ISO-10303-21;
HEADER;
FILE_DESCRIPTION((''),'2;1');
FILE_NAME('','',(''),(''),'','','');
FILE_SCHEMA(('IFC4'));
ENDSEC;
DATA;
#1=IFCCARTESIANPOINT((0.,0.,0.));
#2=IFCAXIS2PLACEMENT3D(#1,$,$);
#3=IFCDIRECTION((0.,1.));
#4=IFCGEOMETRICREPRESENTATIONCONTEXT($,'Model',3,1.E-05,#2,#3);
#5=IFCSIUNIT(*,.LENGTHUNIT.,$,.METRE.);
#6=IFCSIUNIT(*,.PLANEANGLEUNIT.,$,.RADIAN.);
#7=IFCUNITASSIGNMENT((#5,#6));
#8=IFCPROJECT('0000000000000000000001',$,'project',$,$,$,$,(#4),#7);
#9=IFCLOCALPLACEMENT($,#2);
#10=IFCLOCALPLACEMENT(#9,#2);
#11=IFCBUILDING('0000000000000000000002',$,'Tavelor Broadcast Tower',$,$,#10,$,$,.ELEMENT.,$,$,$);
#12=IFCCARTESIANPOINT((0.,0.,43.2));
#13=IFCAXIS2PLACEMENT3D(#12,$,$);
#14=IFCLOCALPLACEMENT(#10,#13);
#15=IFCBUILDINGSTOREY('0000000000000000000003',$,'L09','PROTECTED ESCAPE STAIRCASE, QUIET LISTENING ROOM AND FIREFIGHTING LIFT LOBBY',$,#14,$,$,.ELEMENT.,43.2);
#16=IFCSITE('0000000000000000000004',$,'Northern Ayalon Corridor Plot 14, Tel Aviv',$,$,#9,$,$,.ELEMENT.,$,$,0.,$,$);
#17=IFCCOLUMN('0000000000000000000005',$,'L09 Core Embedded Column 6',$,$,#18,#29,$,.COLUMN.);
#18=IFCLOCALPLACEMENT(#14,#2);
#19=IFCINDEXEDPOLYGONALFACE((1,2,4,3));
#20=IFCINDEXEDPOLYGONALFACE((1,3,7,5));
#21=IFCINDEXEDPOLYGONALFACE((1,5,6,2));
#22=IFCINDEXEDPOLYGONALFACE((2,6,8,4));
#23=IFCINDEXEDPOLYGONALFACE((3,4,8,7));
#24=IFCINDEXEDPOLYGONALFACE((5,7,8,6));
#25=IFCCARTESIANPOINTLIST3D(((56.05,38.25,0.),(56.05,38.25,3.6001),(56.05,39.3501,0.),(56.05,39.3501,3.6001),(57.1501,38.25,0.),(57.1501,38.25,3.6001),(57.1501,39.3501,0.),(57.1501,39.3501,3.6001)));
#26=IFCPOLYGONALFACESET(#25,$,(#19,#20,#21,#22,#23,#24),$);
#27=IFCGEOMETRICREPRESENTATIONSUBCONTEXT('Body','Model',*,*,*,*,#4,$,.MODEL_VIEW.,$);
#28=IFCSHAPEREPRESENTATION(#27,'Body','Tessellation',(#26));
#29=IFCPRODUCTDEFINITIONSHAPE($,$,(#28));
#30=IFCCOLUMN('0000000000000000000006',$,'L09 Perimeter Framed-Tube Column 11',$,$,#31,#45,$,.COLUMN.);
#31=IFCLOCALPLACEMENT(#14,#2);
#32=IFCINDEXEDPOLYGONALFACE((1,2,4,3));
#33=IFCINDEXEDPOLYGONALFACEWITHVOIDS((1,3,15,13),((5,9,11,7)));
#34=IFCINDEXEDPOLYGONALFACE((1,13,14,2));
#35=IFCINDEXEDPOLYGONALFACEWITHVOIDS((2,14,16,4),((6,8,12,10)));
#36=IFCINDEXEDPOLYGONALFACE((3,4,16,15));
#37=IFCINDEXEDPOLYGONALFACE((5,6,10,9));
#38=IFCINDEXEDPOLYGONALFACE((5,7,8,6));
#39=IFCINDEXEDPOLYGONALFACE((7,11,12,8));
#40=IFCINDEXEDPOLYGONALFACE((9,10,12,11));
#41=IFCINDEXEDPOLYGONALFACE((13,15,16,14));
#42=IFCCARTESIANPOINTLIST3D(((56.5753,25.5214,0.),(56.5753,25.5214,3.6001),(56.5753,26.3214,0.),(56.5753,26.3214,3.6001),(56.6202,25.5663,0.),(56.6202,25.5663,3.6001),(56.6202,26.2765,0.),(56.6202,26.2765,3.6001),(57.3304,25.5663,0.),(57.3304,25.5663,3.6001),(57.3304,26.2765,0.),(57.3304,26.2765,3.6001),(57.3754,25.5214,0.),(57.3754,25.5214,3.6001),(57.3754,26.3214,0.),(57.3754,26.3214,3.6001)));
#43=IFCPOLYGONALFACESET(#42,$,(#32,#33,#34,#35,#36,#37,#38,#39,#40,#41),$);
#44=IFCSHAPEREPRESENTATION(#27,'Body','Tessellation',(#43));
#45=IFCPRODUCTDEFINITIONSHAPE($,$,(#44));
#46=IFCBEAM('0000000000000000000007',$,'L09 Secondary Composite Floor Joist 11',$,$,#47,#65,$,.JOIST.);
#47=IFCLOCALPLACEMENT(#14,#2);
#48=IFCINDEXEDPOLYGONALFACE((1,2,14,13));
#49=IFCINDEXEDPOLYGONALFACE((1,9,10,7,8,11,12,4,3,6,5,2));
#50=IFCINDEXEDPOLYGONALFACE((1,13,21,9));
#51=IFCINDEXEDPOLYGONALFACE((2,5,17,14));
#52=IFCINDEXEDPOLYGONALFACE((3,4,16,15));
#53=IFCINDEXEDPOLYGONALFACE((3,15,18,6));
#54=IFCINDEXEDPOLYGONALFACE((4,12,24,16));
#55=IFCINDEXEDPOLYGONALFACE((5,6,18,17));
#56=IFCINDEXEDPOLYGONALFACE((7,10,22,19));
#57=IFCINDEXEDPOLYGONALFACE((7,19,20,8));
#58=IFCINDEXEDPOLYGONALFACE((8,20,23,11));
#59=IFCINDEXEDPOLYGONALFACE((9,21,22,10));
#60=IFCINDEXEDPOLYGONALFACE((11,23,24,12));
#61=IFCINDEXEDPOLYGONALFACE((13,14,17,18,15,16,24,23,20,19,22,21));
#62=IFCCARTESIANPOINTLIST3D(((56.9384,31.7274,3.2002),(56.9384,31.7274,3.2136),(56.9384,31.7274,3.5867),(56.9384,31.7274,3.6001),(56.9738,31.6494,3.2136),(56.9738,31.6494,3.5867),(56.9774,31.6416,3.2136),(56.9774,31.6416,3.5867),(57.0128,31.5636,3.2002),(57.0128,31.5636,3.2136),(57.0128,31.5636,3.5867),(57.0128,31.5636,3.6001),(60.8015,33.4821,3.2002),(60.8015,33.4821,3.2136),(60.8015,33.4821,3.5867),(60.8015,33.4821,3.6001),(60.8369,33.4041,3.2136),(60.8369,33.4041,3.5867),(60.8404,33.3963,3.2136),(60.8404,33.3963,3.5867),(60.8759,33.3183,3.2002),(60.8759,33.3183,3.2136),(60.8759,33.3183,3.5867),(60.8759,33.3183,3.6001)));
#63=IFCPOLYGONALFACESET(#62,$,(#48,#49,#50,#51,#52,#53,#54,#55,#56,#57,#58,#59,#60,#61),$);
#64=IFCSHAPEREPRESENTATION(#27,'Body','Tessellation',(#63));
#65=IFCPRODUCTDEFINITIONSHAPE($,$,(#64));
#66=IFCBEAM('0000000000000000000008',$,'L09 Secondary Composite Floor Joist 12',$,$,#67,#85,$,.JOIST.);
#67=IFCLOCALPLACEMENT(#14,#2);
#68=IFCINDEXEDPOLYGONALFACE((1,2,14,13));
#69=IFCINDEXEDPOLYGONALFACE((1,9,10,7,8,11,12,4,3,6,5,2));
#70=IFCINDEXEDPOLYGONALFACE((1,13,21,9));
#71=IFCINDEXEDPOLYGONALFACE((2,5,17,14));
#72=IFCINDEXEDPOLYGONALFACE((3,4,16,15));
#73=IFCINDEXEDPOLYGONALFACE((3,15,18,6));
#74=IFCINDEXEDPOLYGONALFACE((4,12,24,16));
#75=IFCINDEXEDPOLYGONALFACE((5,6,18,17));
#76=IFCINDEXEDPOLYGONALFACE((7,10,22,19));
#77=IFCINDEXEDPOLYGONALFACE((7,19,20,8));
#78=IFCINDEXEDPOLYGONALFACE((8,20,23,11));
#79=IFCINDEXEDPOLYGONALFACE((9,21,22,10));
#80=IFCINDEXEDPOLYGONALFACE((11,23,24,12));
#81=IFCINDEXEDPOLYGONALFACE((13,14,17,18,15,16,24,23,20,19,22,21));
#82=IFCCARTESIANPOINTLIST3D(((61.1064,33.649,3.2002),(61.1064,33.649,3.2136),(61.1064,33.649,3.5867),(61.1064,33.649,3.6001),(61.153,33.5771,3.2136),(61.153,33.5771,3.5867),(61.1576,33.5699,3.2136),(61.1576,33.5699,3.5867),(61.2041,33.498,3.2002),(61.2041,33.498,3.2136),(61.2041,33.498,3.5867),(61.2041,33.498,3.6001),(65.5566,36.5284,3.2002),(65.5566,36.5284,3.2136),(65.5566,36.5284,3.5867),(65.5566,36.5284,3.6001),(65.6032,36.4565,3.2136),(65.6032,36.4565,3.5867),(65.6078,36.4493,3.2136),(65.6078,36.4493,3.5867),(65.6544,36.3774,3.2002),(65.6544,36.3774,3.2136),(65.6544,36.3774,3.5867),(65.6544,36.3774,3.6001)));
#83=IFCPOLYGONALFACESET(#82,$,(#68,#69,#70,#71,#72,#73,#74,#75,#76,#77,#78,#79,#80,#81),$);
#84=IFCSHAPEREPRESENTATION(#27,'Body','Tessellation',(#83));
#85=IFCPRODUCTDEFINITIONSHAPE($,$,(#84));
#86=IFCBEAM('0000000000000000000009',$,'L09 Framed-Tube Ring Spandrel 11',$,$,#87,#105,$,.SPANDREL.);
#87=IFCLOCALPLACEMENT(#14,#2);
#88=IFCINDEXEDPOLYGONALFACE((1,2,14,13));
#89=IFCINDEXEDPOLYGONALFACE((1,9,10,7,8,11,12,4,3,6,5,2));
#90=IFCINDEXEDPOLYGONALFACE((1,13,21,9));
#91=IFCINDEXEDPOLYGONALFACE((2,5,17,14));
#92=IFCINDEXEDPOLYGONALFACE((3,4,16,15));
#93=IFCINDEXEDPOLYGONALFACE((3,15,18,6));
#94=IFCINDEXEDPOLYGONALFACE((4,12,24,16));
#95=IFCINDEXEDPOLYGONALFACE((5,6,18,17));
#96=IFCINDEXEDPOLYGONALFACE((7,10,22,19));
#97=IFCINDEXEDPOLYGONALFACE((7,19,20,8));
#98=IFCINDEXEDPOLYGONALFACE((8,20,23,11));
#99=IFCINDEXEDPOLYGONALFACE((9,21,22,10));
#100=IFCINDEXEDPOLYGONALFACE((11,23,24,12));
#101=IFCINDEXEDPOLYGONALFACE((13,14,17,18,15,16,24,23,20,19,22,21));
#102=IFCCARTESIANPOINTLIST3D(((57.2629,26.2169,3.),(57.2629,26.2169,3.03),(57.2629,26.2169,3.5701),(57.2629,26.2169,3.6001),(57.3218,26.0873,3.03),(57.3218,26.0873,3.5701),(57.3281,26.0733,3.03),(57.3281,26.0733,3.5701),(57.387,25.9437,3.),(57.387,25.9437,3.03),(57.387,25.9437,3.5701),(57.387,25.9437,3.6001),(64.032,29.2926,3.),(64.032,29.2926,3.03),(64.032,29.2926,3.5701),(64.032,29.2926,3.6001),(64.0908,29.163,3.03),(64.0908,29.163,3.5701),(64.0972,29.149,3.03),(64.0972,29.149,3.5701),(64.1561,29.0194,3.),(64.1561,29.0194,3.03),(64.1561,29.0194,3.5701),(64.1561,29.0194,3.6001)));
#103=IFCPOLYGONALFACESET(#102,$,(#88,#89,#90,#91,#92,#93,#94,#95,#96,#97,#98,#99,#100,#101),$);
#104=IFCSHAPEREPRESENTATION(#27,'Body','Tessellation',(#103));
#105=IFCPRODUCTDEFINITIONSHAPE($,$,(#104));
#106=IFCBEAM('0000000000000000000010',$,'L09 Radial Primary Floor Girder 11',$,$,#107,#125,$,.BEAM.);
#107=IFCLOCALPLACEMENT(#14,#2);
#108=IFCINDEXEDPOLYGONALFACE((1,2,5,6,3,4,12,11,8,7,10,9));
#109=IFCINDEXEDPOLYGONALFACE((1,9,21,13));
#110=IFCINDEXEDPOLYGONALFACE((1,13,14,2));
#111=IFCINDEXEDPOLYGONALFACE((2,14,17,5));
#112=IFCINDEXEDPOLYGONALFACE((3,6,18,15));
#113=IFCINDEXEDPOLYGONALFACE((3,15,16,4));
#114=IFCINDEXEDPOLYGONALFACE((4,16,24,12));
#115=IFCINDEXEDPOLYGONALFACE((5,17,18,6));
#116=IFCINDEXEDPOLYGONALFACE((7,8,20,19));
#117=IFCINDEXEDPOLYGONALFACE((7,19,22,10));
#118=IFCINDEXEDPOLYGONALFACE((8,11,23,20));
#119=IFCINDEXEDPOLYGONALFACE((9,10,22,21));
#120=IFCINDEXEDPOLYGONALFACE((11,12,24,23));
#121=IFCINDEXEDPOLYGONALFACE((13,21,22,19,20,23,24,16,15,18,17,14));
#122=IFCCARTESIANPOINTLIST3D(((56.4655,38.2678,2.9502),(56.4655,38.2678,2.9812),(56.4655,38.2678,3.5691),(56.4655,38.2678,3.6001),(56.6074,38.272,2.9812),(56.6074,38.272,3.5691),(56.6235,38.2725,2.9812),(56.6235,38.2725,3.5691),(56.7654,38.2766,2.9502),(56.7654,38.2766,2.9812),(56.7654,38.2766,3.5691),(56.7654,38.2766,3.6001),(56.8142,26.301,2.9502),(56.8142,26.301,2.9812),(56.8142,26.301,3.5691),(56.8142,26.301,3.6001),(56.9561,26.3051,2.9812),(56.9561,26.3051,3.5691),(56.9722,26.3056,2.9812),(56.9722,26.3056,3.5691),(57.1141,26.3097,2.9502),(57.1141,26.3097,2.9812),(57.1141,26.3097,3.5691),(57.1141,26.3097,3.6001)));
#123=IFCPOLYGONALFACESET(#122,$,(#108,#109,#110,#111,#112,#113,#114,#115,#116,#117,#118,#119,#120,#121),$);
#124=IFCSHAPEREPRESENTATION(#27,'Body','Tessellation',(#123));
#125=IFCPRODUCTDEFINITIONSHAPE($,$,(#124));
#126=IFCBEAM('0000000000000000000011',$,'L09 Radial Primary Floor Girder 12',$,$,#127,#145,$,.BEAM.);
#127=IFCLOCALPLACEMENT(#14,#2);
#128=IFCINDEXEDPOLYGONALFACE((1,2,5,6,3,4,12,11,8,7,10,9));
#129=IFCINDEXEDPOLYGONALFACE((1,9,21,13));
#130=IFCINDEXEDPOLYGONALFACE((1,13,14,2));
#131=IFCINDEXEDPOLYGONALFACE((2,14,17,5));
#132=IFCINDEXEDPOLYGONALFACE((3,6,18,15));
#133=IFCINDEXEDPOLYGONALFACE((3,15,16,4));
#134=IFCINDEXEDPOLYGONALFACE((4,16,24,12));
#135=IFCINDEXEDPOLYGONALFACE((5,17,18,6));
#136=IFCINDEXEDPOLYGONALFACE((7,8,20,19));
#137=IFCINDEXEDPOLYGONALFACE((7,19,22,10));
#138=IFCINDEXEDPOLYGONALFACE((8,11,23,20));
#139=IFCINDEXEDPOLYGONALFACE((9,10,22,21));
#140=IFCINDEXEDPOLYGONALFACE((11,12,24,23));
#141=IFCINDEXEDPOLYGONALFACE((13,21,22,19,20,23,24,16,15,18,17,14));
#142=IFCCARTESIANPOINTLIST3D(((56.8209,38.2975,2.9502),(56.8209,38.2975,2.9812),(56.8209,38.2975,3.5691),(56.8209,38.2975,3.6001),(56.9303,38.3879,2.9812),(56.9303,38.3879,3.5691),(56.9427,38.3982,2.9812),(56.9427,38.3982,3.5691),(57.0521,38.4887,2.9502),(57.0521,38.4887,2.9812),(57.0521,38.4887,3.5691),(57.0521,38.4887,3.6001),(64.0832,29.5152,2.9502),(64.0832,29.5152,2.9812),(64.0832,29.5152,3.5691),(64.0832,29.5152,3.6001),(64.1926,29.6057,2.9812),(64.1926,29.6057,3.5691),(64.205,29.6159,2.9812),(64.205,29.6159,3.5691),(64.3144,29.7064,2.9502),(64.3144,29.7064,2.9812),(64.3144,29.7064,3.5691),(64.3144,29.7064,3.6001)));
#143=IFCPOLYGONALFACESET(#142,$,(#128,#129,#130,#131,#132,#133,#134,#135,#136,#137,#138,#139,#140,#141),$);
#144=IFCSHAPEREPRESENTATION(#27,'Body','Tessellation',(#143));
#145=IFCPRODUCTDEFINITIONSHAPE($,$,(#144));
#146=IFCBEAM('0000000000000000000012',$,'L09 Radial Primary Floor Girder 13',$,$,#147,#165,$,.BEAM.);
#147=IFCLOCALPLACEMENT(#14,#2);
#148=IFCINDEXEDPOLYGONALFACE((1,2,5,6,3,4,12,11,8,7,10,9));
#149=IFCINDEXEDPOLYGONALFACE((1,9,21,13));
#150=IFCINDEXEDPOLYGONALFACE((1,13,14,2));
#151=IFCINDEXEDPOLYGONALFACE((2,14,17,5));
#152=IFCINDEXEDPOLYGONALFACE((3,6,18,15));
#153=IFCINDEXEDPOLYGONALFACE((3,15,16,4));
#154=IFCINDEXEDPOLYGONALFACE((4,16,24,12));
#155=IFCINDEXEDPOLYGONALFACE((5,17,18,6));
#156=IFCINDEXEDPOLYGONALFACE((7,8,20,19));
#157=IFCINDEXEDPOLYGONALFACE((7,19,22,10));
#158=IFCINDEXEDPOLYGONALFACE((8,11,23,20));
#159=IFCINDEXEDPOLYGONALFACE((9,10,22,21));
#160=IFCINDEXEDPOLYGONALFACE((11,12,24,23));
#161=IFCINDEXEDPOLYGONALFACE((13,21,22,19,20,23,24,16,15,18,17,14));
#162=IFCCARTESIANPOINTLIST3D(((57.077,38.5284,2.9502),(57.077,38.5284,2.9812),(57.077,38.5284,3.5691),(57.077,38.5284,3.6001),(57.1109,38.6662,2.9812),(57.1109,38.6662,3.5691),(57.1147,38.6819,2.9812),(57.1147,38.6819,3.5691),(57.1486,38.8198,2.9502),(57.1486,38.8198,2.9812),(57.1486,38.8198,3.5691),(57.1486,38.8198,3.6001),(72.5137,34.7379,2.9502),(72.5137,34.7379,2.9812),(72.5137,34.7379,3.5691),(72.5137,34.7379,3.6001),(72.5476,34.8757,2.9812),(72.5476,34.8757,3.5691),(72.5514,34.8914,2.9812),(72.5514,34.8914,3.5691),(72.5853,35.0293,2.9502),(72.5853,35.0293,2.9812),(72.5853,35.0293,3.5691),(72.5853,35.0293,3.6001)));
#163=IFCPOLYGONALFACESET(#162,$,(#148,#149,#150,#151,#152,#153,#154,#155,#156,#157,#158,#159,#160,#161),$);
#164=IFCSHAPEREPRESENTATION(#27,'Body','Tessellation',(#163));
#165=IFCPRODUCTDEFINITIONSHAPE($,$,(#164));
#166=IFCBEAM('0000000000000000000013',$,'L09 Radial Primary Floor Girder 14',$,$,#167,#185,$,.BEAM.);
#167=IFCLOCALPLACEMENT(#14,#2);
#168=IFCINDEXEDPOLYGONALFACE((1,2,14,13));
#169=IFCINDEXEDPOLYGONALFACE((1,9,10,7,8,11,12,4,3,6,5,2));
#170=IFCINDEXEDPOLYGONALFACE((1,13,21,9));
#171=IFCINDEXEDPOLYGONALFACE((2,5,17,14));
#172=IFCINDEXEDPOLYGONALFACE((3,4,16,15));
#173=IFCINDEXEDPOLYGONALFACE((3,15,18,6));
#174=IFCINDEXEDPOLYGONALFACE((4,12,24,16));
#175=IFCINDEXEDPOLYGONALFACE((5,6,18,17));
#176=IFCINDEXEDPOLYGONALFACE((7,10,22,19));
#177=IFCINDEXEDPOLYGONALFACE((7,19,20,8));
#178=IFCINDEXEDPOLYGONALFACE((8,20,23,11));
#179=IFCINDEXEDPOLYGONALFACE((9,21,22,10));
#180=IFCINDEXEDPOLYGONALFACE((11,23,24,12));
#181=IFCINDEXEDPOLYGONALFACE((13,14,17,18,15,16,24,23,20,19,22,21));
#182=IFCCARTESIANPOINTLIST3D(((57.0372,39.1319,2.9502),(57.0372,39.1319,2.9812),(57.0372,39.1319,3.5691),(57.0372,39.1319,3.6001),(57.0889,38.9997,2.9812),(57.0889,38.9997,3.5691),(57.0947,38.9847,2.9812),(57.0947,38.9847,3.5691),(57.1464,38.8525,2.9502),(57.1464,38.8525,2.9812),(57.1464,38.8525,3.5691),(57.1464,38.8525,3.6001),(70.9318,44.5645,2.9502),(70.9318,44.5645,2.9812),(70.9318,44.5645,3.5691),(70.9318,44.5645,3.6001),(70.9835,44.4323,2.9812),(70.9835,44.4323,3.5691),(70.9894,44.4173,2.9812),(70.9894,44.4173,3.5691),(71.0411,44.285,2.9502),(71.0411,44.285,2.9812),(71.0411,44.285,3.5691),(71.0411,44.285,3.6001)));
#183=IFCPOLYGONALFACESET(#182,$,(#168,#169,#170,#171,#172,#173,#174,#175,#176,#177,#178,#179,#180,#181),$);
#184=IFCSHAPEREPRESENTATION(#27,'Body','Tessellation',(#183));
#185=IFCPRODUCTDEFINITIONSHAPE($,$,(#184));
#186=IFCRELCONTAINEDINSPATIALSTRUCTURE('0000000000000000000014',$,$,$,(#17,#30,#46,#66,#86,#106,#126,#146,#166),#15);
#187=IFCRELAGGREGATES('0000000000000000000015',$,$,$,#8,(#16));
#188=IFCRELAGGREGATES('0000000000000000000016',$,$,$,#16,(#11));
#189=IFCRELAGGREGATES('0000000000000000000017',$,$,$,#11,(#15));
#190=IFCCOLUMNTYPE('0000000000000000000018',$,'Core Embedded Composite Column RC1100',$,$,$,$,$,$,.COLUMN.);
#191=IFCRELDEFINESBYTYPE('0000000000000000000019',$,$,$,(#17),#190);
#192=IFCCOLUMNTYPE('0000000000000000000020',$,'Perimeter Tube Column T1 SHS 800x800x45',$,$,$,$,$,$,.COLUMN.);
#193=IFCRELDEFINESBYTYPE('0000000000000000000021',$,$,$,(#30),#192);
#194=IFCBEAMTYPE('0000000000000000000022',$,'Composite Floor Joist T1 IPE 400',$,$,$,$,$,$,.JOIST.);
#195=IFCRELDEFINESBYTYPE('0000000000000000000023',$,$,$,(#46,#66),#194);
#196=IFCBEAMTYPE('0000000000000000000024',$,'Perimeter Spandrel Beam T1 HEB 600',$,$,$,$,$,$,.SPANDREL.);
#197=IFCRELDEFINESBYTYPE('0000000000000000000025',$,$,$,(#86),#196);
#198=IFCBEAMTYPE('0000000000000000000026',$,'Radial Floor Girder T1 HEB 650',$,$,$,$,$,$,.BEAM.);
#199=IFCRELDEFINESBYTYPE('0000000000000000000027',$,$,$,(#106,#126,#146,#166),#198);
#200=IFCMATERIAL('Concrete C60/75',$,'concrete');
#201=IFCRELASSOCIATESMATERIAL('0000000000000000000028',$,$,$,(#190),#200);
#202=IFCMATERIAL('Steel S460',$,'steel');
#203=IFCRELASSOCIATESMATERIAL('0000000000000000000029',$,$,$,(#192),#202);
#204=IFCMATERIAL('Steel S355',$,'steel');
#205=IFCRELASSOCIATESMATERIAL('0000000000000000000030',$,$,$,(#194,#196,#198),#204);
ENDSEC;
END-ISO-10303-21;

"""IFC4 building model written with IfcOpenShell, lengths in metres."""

from ifc_helpers import new_model, si_unit, direction, frame, origin, origin_2d, place, context, subcontext, project, spatial, rectangle, hollow_rectangle, i_section, extrude, material, material_profile, profile_set, type_object, element, save


model = new_model("IFC4")

# Units and contexts
model_context = context("Model", 3, precision=1e-05, world=origin(), true_north=direction((0.0, 1.0)))
body_context = subcontext(model_context, "Body", "Model", "MODEL_VIEW")
ifc_project = project(units=[si_unit("LENGTHUNIT", "METRE"), si_unit("PLANEANGLEUNIT", "RADIAN")], contexts=[model_context])

# Site, building, storey
site_placement = place(None, origin())
site = spatial("IfcSite", under=ifc_project, at=site_placement, Name="Northern Ayalon Corridor Plot 14, Tel Aviv", CompositionType="ELEMENT", RefElevation=0.0)
building_placement = place(site_placement, origin())
building = spatial("IfcBuilding", under=site, at=building_placement, Name="Tavelor Broadcast Tower", CompositionType="ELEMENT")
storey_placement = place(building_placement, frame((0.0, 0.0, 43.2)))
storey = spatial("IfcBuildingStorey", under=building, at=storey_placement, Name="L09", Description="PROTECTED ESCAPE STAIRCASE, QUIET LISTENING ROOM AND FIREFIGHTING LIFT LOBBY", CompositionType="ELEMENT", Elevation=43.2)

# Columns
ifc_material_1 = material(Name="Concrete C60/75", Category="concrete")
ifc_material_profile_1 = material_profile(ifc_material_1, rectangle(XDim=1.1001, YDim=1.1001, at=origin_2d()), Name="RC 1100x1100")
ifc_profile_set_1 = profile_set([ifc_material_profile_1], Name="Concrete C60/75")
column_type_1 = type_object("IfcColumnType", Name="Core Embedded Composite Column RC1100", PredefinedType="COLUMN", material=ifc_profile_set_1)
column_1_placement = place(storey_placement, frame((56.6001, 38.8, 0.0), z_axis=(0.0, 0.0, 1.0), x_axis=(1.0, 0.0, 0.0)))
element("IfcColumn", 1, at=column_1_placement, inside=storey, type_object=column_type_1, Name="L09 Core Embedded Column 6", PredefinedType="COLUMN", context=body_context, shape_type="SweptSolid", body=[
    extrude(rectangle(XDim=1.1001, YDim=1.1001, at=origin_2d()), origin(), (0.0, 0.0, 1.0), 3.6001),
])
ifc_material_2 = material(Name="Steel S460", Category="steel")
ifc_material_profile_2 = material_profile(ifc_material_2, hollow_rectangle(XDim=0.8, YDim=0.8, WallThickness=0.0449, at=origin_2d()), Name="SHS 800x800x45")
ifc_profile_set_2 = profile_set([ifc_material_profile_2], Name="Steel S460")
column_type_2 = type_object("IfcColumnType", Name="Perimeter Tube Column T1 SHS 800x800x45", PredefinedType="COLUMN", material=ifc_profile_set_2)
column_2_placement = place(storey_placement, frame((56.9753, 25.9214, 0.0), z_axis=(0.0, 0.0, 1.0), x_axis=(1.0, 0.0, 0.0)))
element("IfcColumn", 2, at=column_2_placement, inside=storey, type_object=column_type_2, Name="L09 Perimeter Framed-Tube Column 11", PredefinedType="COLUMN", context=body_context, shape_type="SweptSolid", body=[
    extrude(hollow_rectangle(XDim=0.8, YDim=0.8, WallThickness=0.0449, at=origin_2d()), origin(), (0.0, 0.0, 1.0), 3.6001),
])

# Beams
ifc_material_3 = material(Name="Steel S355", Category="steel")
ifc_material_profile_3 = material_profile(ifc_material_3, i_section(OverallWidth=0.1799, OverallDepth=0.3999, WebThickness=0.0085, FlangeThickness=0.0134, at=origin_2d()), Name="IPE 400")
ifc_profile_set_3 = profile_set([ifc_material_profile_3], Name="Steel S355")
beam_type_1 = type_object("IfcBeamType", Name="Composite Floor Joist T1 IPE 400", PredefinedType="JOIST", material=ifc_profile_set_3)
beam_1_placement = place(storey_placement, frame((56.9756, 31.6455, 3.4001), z_axis=(0.910481, 0.413551, 0.0), x_axis=(-0.413551, 0.910481, 0.0)))
element("IfcBeam", 3, at=beam_1_placement, inside=storey, type_object=beam_type_1, Name="L09 Secondary Composite Floor Joist 11", PredefinedType="JOIST", context=body_context, shape_type="SweptSolid", body=[
    extrude(i_section(OverallWidth=0.1799, OverallDepth=0.3999, WebThickness=0.0085, FlangeThickness=0.0134, at=origin_2d()), origin(), (0.0, 0.0, 1.0), 4.2429),
])
beam_2_placement = place(storey_placement, frame((61.1553, 33.5735, 3.4001), z_axis=(0.839583, 0.543232, 0.0), x_axis=(-0.543232, 0.839583, 0.0)))
element("IfcBeam", 4, at=beam_2_placement, inside=storey, type_object=beam_type_1, Name="L09 Secondary Composite Floor Joist 12", PredefinedType="JOIST", context=body_context, shape_type="SweptSolid", body=[
    extrude(i_section(OverallWidth=0.1799, OverallDepth=0.3999, WebThickness=0.0085, FlangeThickness=0.0134, at=origin_2d()), origin(), (0.0, 0.0, 1.0), 5.3005),
])
ifc_material_profile_4 = material_profile(ifc_material_3, i_section(OverallWidth=0.3, OverallDepth=0.6001, WebThickness=0.0154, FlangeThickness=0.03, at=origin_2d()), Name="HEB 600")
ifc_profile_set_4 = profile_set([ifc_material_profile_4], Name="Steel S355")
beam_type_2 = type_object("IfcBeamType", Name="Perimeter Spandrel Beam T1 HEB 600", PredefinedType="SPANDREL", material=ifc_profile_set_4)
beam_3_placement = place(storey_placement, frame((57.325, 26.0803, 3.3), z_axis=(0.910425, 0.413674, 0.0), x_axis=(-0.413674, 0.910425, 0.0)))
element("IfcBeam", 5, at=beam_3_placement, inside=storey, type_object=beam_type_2, Name="L09 Framed-Tube Ring Spandrel 11", PredefinedType="SPANDREL", context=body_context, shape_type="SweptSolid", body=[
    extrude(i_section(OverallWidth=0.3, OverallDepth=0.6001, WebThickness=0.0154, FlangeThickness=0.03, at=origin_2d()), origin(), (0.0, 0.0, 1.0), 7.4351),
])
ifc_material_profile_5 = material_profile(ifc_material_3, i_section(OverallWidth=0.3, OverallDepth=0.6499, WebThickness=0.0161, FlangeThickness=0.031, at=origin_2d()), Name="HEB 650")
ifc_profile_set_5 = profile_set([ifc_material_profile_5], Name="Steel S355")
beam_type_3 = type_object("IfcBeamType", Name="Radial Floor Girder T1 HEB 650", PredefinedType="BEAM", material=ifc_profile_set_5)
beam_4_placement = place(storey_placement, frame((56.6155, 38.2722, 3.2751), z_axis=(0.029121, -0.999576, 0.0), x_axis=(0.999576, 0.029121, 0.0)))
element("IfcBeam", 6, at=beam_4_placement, inside=storey, type_object=beam_type_3, Name="L09 Radial Primary Floor Girder 11", PredefinedType="BEAM", context=body_context, shape_type="SweptSolid", body=[
    extrude(i_section(OverallWidth=0.3, OverallDepth=0.6499, WebThickness=0.0161, FlangeThickness=0.031, at=origin_2d()), origin(), (0.0, 0.0, 1.0), 11.9719),
])
beam_5_placement = place(storey_placement, frame((56.9365, 38.3931, 3.2751), z_axis=(0.637263, -0.770646, 0.0), x_axis=(0.770646, 0.637263, 0.0)))
element("IfcBeam", 7, at=beam_5_placement, inside=storey, type_object=beam_type_3, Name="L09 Radial Primary Floor Girder 12", PredefinedType="BEAM", context=body_context, shape_type="SweptSolid", body=[
    extrude(i_section(OverallWidth=0.3, OverallDepth=0.6499, WebThickness=0.0161, FlangeThickness=0.031, at=origin_2d()), origin(), (0.0, 0.0, 1.0), 11.396),
])
beam_6_placement = place(storey_placement, frame((57.1128, 38.6741, 3.2751), z_axis=(0.97115, -0.238468, 0.0), x_axis=(0.238468, 0.97115, 0.0)))
element("IfcBeam", 8, at=beam_6_placement, inside=storey, type_object=beam_type_3, Name="L09 Radial Primary Floor Girder 13", PredefinedType="BEAM", context=body_context, shape_type="SweptSolid", body=[
    extrude(i_section(OverallWidth=0.3, OverallDepth=0.6499, WebThickness=0.0161, FlangeThickness=0.031, at=origin_2d()), origin(), (0.0, 0.0, 1.0), 15.8953),
])
beam_7_placement = place(storey_placement, frame((57.0918, 38.9922, 3.2751), z_axis=(0.931344, 0.36414, 0.0), x_axis=(-0.36414, 0.931344, 0.0)))
element("IfcBeam", 9, at=beam_7_placement, inside=storey, type_object=beam_type_3, Name="L09 Radial Primary Floor Girder 14", PredefinedType="BEAM", context=body_context, shape_type="SweptSolid", body=[
    extrude(i_section(OverallWidth=0.3, OverallDepth=0.6499, WebThickness=0.0161, FlangeThickness=0.031, at=origin_2d()), origin(), (0.0, 0.0, 1.0), 14.9189),
])

save(model, "model.ifc")
